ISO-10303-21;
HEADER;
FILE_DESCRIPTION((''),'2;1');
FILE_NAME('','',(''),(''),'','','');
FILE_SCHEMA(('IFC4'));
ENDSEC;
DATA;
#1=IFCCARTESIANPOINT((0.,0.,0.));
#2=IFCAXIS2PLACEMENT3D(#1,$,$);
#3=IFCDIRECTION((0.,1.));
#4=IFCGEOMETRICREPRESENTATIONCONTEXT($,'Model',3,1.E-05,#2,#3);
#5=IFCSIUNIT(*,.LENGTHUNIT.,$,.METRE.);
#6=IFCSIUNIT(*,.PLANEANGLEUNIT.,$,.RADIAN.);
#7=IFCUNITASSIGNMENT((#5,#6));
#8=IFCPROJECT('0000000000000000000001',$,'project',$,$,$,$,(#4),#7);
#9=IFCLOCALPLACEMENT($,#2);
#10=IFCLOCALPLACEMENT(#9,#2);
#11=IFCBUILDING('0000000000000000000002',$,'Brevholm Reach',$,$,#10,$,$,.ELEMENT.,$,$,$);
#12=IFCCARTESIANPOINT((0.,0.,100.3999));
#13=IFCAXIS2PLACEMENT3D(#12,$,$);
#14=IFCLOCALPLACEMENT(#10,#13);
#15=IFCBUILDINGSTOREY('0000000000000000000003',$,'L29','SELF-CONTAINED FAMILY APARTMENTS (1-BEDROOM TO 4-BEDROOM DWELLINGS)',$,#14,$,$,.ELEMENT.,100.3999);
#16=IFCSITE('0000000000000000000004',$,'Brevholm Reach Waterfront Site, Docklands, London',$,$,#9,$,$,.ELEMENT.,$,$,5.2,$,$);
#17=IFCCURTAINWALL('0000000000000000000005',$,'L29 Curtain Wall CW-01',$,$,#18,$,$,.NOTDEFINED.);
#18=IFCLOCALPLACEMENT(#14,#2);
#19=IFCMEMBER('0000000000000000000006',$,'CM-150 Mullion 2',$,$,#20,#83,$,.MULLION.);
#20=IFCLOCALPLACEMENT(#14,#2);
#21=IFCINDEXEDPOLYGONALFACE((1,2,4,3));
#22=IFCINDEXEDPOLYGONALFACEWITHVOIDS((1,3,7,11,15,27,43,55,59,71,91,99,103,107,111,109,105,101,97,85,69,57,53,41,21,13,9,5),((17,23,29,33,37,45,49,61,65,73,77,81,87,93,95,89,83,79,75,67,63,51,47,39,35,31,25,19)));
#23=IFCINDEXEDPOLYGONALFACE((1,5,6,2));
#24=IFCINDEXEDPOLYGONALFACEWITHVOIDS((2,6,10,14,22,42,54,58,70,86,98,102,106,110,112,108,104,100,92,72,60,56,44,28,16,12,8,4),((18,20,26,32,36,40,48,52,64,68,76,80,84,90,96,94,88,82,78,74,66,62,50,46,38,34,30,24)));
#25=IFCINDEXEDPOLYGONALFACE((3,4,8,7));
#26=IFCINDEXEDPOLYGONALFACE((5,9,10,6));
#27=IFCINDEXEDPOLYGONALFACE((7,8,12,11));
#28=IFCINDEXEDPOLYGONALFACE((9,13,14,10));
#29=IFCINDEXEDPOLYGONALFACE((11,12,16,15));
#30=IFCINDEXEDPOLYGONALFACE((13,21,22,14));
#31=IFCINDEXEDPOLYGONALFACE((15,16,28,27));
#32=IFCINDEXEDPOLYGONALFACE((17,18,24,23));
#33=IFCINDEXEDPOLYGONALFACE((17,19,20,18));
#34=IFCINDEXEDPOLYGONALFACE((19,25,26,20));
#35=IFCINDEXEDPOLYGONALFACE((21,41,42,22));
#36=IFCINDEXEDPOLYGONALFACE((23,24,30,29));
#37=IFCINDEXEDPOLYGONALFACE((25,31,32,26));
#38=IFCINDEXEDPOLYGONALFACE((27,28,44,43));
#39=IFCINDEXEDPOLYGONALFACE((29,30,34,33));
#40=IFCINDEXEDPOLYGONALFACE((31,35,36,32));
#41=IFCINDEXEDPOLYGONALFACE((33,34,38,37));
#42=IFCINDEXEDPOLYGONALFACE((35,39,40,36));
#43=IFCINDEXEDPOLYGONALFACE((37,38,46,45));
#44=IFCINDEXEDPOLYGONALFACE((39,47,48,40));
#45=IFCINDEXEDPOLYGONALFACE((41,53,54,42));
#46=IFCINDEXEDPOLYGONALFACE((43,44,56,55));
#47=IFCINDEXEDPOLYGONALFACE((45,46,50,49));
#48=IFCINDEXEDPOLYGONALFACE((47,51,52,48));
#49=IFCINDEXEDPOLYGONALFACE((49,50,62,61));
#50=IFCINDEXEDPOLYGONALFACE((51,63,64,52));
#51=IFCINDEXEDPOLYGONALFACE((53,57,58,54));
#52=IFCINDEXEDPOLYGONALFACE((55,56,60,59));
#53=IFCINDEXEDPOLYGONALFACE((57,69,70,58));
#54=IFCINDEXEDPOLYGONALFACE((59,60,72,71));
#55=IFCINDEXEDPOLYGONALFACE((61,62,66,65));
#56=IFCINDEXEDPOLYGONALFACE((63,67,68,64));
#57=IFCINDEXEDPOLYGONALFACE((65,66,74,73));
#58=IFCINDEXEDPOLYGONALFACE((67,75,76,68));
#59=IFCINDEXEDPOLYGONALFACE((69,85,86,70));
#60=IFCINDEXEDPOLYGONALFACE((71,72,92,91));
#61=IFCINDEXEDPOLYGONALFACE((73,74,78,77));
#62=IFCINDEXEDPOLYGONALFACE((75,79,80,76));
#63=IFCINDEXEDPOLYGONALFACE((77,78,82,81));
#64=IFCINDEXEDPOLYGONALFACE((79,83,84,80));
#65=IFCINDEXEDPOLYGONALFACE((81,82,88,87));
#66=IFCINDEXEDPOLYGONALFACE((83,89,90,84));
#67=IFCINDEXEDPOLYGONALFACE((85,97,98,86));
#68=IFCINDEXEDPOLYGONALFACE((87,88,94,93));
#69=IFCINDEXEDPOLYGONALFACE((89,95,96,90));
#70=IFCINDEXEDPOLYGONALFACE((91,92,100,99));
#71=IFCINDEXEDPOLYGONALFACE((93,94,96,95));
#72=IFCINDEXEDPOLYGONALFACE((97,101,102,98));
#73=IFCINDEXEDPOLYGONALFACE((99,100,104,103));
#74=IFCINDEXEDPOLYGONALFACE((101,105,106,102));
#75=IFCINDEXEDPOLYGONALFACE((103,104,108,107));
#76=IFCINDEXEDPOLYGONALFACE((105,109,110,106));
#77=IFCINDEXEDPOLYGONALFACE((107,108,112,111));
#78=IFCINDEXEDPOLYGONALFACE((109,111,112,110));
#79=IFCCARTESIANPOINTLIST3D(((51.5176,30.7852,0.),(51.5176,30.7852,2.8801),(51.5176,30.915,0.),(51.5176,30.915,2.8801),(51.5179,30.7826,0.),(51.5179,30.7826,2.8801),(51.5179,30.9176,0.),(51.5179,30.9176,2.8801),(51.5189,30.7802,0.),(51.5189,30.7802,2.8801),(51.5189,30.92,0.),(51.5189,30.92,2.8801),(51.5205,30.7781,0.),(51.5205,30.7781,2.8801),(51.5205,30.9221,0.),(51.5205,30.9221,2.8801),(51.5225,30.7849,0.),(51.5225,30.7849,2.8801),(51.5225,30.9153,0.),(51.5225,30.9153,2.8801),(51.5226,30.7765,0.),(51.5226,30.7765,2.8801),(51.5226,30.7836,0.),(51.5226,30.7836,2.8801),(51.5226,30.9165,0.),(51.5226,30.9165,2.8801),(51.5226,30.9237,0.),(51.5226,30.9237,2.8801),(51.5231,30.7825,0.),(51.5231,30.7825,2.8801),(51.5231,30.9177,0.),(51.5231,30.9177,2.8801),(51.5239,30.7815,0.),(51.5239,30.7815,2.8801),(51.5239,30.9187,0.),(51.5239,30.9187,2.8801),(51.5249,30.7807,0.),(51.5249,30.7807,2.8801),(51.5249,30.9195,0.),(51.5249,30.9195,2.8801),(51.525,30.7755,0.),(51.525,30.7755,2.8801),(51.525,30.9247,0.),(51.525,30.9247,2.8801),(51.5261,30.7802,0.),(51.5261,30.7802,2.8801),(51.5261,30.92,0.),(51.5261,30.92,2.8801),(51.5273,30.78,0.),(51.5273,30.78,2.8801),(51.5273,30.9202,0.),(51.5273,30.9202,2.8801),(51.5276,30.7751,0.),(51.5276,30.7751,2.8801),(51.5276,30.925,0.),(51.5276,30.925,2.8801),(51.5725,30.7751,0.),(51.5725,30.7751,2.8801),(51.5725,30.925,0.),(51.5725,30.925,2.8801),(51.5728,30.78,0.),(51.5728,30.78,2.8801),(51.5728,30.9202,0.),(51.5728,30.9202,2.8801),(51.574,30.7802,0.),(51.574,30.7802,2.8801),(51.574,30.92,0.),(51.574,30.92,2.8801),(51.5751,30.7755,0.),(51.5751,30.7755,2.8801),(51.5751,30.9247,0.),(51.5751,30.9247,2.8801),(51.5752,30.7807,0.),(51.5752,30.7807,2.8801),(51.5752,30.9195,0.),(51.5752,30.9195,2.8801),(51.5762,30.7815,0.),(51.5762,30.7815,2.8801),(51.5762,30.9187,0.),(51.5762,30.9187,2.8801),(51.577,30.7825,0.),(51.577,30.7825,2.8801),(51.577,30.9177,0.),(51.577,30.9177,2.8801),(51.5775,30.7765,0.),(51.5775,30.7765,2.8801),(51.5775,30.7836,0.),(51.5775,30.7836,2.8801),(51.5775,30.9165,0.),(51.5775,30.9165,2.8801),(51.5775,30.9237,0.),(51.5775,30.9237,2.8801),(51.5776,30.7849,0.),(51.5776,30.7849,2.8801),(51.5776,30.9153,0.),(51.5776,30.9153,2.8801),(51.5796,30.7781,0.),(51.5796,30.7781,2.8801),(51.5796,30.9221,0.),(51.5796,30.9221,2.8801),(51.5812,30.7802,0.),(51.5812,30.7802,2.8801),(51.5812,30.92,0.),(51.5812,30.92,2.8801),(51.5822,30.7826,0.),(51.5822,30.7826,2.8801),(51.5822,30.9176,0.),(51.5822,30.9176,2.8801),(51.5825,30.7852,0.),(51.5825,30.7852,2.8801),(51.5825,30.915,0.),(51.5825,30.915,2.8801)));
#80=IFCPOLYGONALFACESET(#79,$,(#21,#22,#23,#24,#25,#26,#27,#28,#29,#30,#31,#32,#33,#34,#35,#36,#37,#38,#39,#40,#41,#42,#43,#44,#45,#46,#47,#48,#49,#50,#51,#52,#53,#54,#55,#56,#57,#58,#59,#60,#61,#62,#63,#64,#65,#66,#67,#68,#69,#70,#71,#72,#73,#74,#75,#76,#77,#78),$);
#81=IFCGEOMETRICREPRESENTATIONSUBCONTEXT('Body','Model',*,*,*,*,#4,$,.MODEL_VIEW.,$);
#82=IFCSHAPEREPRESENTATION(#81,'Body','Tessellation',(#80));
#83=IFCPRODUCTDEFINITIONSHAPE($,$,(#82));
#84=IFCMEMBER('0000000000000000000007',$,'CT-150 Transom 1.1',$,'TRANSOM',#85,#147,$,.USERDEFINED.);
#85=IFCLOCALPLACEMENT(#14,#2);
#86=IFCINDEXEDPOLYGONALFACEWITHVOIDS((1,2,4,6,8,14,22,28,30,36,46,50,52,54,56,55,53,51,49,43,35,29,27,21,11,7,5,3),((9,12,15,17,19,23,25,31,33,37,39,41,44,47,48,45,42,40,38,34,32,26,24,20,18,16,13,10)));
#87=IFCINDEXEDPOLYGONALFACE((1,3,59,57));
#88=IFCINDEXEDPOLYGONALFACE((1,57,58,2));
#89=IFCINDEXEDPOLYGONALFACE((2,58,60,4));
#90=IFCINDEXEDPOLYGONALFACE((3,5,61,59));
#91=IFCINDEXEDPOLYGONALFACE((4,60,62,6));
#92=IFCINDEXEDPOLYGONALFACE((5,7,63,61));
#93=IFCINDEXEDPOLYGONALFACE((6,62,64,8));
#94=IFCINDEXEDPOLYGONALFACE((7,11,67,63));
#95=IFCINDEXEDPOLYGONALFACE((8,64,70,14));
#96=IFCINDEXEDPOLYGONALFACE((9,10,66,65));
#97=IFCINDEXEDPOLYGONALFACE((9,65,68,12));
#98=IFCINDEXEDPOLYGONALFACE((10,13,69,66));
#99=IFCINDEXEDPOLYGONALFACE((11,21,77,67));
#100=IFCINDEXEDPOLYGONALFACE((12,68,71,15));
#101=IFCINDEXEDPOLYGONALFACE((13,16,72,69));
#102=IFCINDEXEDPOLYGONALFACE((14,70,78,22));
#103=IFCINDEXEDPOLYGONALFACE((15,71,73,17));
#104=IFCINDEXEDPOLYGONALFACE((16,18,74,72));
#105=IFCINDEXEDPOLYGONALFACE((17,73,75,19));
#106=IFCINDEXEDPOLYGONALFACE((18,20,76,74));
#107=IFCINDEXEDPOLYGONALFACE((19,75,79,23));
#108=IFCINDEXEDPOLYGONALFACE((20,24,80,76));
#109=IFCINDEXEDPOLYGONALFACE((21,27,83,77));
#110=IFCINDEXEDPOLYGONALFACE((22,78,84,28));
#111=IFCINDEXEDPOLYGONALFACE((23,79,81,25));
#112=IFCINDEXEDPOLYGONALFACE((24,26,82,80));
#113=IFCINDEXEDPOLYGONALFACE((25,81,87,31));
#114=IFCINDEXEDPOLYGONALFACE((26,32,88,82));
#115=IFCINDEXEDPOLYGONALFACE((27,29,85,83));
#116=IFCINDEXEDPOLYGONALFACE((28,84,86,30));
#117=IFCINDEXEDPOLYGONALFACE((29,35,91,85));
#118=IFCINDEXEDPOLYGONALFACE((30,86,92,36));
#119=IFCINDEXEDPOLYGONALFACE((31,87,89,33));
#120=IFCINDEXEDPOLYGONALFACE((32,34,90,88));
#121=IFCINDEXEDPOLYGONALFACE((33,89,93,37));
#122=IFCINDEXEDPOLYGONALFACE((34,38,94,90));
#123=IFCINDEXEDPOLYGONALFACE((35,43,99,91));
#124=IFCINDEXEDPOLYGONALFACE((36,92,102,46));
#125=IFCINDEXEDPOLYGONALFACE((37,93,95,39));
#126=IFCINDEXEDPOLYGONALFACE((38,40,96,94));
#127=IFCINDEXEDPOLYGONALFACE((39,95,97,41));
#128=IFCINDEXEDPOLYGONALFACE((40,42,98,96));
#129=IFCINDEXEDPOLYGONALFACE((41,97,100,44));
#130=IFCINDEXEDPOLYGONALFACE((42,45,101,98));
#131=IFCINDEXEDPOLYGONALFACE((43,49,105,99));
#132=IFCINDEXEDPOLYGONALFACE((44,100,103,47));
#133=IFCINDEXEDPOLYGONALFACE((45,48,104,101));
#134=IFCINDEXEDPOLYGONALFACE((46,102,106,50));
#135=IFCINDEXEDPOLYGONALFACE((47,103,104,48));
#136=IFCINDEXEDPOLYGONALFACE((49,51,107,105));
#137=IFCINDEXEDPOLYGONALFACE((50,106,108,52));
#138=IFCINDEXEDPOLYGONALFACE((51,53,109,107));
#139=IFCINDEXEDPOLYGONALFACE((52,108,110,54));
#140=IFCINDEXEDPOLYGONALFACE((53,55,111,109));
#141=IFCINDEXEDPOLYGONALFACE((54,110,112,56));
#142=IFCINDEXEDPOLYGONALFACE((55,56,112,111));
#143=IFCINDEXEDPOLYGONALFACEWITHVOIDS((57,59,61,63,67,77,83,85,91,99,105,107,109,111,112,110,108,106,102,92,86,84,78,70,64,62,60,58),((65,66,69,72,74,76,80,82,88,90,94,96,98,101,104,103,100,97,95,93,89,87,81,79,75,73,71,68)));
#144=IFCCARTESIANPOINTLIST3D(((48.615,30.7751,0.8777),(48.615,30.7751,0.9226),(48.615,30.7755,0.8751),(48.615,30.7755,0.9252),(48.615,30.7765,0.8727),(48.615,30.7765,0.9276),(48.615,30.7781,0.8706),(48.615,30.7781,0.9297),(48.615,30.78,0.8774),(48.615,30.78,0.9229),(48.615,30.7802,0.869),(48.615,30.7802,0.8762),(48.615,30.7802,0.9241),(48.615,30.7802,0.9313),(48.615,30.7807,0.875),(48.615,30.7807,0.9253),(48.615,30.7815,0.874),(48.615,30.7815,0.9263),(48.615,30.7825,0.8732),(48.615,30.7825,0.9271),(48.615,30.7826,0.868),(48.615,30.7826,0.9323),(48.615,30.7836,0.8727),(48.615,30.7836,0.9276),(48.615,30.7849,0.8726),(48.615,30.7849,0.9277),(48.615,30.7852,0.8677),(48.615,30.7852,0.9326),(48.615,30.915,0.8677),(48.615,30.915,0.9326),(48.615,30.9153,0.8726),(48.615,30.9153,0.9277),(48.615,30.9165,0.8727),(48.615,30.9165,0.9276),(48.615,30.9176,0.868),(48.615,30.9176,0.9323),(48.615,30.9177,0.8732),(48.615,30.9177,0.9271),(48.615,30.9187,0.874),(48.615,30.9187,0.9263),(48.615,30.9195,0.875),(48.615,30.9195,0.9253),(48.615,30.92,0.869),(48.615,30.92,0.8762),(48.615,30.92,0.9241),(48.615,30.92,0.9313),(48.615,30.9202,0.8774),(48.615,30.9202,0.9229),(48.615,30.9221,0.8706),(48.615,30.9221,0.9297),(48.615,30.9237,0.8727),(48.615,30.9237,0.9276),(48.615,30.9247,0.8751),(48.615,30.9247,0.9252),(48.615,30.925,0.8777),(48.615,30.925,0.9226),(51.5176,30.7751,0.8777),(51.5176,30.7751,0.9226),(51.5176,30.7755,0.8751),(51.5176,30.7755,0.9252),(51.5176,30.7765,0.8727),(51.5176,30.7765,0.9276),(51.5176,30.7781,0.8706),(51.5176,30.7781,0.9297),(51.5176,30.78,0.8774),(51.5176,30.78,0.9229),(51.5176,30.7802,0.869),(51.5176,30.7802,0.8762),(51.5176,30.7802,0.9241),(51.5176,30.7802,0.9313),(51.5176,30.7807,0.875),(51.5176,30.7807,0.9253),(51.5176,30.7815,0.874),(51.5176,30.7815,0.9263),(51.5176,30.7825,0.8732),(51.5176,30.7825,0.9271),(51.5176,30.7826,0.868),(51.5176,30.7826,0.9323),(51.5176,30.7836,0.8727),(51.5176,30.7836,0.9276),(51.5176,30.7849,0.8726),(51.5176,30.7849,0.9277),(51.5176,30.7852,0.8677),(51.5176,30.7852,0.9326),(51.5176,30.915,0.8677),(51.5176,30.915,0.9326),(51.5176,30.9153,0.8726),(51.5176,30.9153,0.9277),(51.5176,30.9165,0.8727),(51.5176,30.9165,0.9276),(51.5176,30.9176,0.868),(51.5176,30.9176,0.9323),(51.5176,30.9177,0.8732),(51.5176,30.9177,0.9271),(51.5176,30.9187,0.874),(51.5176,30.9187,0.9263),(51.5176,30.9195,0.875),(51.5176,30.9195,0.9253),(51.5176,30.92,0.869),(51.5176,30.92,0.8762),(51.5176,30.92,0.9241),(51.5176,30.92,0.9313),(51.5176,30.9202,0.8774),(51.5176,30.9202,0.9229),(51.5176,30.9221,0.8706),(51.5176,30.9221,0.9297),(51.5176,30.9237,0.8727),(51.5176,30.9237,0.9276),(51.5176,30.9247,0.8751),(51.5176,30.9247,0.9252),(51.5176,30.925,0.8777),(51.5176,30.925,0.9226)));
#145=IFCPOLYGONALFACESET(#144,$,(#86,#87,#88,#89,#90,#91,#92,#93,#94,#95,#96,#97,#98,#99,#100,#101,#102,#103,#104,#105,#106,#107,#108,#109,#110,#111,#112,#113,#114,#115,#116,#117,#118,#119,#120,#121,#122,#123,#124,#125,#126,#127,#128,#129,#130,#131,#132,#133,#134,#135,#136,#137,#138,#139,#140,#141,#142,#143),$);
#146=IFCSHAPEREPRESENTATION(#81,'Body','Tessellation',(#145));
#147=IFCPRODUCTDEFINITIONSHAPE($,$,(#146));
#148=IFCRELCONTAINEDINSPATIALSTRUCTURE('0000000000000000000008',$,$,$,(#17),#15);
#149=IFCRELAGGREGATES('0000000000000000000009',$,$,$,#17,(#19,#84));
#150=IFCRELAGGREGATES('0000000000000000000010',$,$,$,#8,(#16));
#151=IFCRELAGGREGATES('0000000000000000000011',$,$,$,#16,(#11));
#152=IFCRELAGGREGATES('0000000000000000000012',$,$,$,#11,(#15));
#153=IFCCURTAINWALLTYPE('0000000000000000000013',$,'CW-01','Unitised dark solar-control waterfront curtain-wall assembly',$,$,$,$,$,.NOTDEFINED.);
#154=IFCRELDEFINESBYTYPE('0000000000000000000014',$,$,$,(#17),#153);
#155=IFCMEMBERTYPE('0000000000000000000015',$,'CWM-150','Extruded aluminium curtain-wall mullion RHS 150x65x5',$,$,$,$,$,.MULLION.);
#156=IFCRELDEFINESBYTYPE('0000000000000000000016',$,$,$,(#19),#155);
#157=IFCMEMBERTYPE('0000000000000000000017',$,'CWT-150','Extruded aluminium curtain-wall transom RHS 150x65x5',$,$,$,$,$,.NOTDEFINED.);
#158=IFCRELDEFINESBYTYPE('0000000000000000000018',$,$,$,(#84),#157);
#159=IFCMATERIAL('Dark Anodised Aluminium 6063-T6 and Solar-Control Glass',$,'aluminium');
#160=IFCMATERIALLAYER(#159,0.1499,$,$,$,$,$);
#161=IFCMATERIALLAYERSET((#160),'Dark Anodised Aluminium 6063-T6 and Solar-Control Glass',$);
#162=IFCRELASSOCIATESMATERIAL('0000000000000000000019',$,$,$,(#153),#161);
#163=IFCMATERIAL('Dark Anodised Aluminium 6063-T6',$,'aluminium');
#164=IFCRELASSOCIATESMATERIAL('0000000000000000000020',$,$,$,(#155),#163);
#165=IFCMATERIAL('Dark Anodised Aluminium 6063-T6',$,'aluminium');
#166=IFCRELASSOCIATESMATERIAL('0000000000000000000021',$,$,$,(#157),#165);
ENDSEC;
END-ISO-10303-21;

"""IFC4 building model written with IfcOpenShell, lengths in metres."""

from ifc_helpers import new_model, si_unit, direction, frame, origin, origin_2d, place, context, subcontext, project, spatial, hollow_rectangle, extrude, material, layer, layer_set, material_profile, profile_set, type_object, element, aggregate, save


model = new_model("IFC4")

# Units and contexts
model_context = context("Model", 3, precision=1e-05, world=origin(), true_north=direction((0.0, 1.0)))
body_context = subcontext(model_context, "Body", "Model", "MODEL_VIEW")
ifc_project = project(units=[si_unit("LENGTHUNIT", "METRE"), si_unit("PLANEANGLEUNIT", "RADIAN")], contexts=[model_context])

# Site, building, storey
site_placement = place(None, origin())
site = spatial("IfcSite", under=ifc_project, at=site_placement, Name="Brevholm Reach Waterfront Site, Docklands, London", CompositionType="ELEMENT", RefElevation=5.2)
building_placement = place(site_placement, origin())
building = spatial("IfcBuilding", under=site, at=building_placement, Name="Brevholm Reach", CompositionType="ELEMENT")
storey_placement = place(building_placement, frame((0.0, 0.0, 100.3999)))
storey = spatial("IfcBuildingStorey", under=building, at=storey_placement, Name="L29", Description="SELF-CONTAINED FAMILY APARTMENTS (1-BEDROOM TO 4-BEDROOM DWELLINGS)", CompositionType="ELEMENT", Elevation=100.3999)

# Curtain wall, members
ifc_material_1 = material(Name="Dark Anodised Aluminium 6063-T6 and Solar-Control Glass", Category="aluminium")
ifc_layer_1 = layer(ifc_material_1, 0.1499)
ifc_layer_set_1 = layer_set([ifc_layer_1], Name="Dark Anodised Aluminium 6063-T6 and Solar-Control Glass")
curtain_wall_type = type_object("IfcCurtainWallType", Name="CW-01", Description="Unitised dark solar-control waterfront curtain-wall assembly", PredefinedType="NOTDEFINED", material=ifc_layer_set_1)
curtain_wall_placement = place(storey_placement, origin())
curtain_wall = element("IfcCurtainWall", 1, at=curtain_wall_placement, inside=storey, type_object=curtain_wall_type, Name="L29 Curtain Wall CW-01", PredefinedType="NOTDEFINED")
ifc_material_2 = material(Name="Dark Anodised Aluminium 6063-T6", Category="aluminium")
ifc_material_profile_1 = material_profile(ifc_material_2, hollow_rectangle(XDim=0.0649, YDim=0.1499, WallThickness=0.0049, InnerFilletRadius=0.0049, OuterFilletRadius=0.01, at=origin_2d()), Name="RHS 150x65x5")
ifc_profile_set_1 = profile_set([ifc_material_profile_1], Name="Dark Anodised Aluminium 6063-T6")
member_type_1 = type_object("IfcMemberType", Name="CWM-150", Description="Extruded aluminium curtain-wall mullion RHS 150x65x5", PredefinedType="MULLION", material=ifc_profile_set_1)
member_1_placement = place(storey_placement, frame((51.55, 30.8501, 0.0), z_axis=(0.0, 0.0, 1.0), x_axis=(1.0, 0.0, 0.0)))
member_1 = element("IfcMember", 2, at=member_1_placement, type_object=member_type_1, Name="CM-150 Mullion 2", PredefinedType="MULLION", context=body_context, shape_type="SweptSolid", body=[
    extrude(hollow_rectangle(XDim=0.0649, YDim=0.1499, WallThickness=0.0049, InnerFilletRadius=0.0049, OuterFilletRadius=0.01, at=origin_2d()), origin(), (0.0, 0.0, 1.0), 2.8801),
])
ifc_material_3 = material(Name="Dark Anodised Aluminium 6063-T6", Category="aluminium")
ifc_material_profile_2 = material_profile(ifc_material_3, hollow_rectangle(XDim=0.0649, YDim=0.1499, WallThickness=0.0049, InnerFilletRadius=0.0049, OuterFilletRadius=0.01, at=origin_2d()), Name="RHS 150x65x5")
ifc_profile_set_2 = profile_set([ifc_material_profile_2], Name="Dark Anodised Aluminium 6063-T6")
member_type_2 = type_object("IfcMemberType", Name="CWT-150", Description="Extruded aluminium curtain-wall transom RHS 150x65x5", PredefinedType="NOTDEFINED", material=ifc_profile_set_2)
member_2_placement = place(storey_placement, frame((48.615, 30.8501, 0.9001), z_axis=(1.0, 0.0, 0.0), x_axis=(0.0, 0.0, 1.0)))
member_2 = element("IfcMember", 3, at=member_2_placement, type_object=member_type_2, Name="CT-150 Transom 1.1", ObjectType="TRANSOM", PredefinedType="USERDEFINED", context=body_context, shape_type="SweptSolid", body=[
    extrude(hollow_rectangle(XDim=0.0649, YDim=0.1499, WallThickness=0.0049, InnerFilletRadius=0.0049, OuterFilletRadius=0.01, at=origin_2d()), origin(), (0.0, 0.0, 1.0), 2.9026),
])
aggregate(curtain_wall, [member_1, member_2])

save(model, "model.ifc")
